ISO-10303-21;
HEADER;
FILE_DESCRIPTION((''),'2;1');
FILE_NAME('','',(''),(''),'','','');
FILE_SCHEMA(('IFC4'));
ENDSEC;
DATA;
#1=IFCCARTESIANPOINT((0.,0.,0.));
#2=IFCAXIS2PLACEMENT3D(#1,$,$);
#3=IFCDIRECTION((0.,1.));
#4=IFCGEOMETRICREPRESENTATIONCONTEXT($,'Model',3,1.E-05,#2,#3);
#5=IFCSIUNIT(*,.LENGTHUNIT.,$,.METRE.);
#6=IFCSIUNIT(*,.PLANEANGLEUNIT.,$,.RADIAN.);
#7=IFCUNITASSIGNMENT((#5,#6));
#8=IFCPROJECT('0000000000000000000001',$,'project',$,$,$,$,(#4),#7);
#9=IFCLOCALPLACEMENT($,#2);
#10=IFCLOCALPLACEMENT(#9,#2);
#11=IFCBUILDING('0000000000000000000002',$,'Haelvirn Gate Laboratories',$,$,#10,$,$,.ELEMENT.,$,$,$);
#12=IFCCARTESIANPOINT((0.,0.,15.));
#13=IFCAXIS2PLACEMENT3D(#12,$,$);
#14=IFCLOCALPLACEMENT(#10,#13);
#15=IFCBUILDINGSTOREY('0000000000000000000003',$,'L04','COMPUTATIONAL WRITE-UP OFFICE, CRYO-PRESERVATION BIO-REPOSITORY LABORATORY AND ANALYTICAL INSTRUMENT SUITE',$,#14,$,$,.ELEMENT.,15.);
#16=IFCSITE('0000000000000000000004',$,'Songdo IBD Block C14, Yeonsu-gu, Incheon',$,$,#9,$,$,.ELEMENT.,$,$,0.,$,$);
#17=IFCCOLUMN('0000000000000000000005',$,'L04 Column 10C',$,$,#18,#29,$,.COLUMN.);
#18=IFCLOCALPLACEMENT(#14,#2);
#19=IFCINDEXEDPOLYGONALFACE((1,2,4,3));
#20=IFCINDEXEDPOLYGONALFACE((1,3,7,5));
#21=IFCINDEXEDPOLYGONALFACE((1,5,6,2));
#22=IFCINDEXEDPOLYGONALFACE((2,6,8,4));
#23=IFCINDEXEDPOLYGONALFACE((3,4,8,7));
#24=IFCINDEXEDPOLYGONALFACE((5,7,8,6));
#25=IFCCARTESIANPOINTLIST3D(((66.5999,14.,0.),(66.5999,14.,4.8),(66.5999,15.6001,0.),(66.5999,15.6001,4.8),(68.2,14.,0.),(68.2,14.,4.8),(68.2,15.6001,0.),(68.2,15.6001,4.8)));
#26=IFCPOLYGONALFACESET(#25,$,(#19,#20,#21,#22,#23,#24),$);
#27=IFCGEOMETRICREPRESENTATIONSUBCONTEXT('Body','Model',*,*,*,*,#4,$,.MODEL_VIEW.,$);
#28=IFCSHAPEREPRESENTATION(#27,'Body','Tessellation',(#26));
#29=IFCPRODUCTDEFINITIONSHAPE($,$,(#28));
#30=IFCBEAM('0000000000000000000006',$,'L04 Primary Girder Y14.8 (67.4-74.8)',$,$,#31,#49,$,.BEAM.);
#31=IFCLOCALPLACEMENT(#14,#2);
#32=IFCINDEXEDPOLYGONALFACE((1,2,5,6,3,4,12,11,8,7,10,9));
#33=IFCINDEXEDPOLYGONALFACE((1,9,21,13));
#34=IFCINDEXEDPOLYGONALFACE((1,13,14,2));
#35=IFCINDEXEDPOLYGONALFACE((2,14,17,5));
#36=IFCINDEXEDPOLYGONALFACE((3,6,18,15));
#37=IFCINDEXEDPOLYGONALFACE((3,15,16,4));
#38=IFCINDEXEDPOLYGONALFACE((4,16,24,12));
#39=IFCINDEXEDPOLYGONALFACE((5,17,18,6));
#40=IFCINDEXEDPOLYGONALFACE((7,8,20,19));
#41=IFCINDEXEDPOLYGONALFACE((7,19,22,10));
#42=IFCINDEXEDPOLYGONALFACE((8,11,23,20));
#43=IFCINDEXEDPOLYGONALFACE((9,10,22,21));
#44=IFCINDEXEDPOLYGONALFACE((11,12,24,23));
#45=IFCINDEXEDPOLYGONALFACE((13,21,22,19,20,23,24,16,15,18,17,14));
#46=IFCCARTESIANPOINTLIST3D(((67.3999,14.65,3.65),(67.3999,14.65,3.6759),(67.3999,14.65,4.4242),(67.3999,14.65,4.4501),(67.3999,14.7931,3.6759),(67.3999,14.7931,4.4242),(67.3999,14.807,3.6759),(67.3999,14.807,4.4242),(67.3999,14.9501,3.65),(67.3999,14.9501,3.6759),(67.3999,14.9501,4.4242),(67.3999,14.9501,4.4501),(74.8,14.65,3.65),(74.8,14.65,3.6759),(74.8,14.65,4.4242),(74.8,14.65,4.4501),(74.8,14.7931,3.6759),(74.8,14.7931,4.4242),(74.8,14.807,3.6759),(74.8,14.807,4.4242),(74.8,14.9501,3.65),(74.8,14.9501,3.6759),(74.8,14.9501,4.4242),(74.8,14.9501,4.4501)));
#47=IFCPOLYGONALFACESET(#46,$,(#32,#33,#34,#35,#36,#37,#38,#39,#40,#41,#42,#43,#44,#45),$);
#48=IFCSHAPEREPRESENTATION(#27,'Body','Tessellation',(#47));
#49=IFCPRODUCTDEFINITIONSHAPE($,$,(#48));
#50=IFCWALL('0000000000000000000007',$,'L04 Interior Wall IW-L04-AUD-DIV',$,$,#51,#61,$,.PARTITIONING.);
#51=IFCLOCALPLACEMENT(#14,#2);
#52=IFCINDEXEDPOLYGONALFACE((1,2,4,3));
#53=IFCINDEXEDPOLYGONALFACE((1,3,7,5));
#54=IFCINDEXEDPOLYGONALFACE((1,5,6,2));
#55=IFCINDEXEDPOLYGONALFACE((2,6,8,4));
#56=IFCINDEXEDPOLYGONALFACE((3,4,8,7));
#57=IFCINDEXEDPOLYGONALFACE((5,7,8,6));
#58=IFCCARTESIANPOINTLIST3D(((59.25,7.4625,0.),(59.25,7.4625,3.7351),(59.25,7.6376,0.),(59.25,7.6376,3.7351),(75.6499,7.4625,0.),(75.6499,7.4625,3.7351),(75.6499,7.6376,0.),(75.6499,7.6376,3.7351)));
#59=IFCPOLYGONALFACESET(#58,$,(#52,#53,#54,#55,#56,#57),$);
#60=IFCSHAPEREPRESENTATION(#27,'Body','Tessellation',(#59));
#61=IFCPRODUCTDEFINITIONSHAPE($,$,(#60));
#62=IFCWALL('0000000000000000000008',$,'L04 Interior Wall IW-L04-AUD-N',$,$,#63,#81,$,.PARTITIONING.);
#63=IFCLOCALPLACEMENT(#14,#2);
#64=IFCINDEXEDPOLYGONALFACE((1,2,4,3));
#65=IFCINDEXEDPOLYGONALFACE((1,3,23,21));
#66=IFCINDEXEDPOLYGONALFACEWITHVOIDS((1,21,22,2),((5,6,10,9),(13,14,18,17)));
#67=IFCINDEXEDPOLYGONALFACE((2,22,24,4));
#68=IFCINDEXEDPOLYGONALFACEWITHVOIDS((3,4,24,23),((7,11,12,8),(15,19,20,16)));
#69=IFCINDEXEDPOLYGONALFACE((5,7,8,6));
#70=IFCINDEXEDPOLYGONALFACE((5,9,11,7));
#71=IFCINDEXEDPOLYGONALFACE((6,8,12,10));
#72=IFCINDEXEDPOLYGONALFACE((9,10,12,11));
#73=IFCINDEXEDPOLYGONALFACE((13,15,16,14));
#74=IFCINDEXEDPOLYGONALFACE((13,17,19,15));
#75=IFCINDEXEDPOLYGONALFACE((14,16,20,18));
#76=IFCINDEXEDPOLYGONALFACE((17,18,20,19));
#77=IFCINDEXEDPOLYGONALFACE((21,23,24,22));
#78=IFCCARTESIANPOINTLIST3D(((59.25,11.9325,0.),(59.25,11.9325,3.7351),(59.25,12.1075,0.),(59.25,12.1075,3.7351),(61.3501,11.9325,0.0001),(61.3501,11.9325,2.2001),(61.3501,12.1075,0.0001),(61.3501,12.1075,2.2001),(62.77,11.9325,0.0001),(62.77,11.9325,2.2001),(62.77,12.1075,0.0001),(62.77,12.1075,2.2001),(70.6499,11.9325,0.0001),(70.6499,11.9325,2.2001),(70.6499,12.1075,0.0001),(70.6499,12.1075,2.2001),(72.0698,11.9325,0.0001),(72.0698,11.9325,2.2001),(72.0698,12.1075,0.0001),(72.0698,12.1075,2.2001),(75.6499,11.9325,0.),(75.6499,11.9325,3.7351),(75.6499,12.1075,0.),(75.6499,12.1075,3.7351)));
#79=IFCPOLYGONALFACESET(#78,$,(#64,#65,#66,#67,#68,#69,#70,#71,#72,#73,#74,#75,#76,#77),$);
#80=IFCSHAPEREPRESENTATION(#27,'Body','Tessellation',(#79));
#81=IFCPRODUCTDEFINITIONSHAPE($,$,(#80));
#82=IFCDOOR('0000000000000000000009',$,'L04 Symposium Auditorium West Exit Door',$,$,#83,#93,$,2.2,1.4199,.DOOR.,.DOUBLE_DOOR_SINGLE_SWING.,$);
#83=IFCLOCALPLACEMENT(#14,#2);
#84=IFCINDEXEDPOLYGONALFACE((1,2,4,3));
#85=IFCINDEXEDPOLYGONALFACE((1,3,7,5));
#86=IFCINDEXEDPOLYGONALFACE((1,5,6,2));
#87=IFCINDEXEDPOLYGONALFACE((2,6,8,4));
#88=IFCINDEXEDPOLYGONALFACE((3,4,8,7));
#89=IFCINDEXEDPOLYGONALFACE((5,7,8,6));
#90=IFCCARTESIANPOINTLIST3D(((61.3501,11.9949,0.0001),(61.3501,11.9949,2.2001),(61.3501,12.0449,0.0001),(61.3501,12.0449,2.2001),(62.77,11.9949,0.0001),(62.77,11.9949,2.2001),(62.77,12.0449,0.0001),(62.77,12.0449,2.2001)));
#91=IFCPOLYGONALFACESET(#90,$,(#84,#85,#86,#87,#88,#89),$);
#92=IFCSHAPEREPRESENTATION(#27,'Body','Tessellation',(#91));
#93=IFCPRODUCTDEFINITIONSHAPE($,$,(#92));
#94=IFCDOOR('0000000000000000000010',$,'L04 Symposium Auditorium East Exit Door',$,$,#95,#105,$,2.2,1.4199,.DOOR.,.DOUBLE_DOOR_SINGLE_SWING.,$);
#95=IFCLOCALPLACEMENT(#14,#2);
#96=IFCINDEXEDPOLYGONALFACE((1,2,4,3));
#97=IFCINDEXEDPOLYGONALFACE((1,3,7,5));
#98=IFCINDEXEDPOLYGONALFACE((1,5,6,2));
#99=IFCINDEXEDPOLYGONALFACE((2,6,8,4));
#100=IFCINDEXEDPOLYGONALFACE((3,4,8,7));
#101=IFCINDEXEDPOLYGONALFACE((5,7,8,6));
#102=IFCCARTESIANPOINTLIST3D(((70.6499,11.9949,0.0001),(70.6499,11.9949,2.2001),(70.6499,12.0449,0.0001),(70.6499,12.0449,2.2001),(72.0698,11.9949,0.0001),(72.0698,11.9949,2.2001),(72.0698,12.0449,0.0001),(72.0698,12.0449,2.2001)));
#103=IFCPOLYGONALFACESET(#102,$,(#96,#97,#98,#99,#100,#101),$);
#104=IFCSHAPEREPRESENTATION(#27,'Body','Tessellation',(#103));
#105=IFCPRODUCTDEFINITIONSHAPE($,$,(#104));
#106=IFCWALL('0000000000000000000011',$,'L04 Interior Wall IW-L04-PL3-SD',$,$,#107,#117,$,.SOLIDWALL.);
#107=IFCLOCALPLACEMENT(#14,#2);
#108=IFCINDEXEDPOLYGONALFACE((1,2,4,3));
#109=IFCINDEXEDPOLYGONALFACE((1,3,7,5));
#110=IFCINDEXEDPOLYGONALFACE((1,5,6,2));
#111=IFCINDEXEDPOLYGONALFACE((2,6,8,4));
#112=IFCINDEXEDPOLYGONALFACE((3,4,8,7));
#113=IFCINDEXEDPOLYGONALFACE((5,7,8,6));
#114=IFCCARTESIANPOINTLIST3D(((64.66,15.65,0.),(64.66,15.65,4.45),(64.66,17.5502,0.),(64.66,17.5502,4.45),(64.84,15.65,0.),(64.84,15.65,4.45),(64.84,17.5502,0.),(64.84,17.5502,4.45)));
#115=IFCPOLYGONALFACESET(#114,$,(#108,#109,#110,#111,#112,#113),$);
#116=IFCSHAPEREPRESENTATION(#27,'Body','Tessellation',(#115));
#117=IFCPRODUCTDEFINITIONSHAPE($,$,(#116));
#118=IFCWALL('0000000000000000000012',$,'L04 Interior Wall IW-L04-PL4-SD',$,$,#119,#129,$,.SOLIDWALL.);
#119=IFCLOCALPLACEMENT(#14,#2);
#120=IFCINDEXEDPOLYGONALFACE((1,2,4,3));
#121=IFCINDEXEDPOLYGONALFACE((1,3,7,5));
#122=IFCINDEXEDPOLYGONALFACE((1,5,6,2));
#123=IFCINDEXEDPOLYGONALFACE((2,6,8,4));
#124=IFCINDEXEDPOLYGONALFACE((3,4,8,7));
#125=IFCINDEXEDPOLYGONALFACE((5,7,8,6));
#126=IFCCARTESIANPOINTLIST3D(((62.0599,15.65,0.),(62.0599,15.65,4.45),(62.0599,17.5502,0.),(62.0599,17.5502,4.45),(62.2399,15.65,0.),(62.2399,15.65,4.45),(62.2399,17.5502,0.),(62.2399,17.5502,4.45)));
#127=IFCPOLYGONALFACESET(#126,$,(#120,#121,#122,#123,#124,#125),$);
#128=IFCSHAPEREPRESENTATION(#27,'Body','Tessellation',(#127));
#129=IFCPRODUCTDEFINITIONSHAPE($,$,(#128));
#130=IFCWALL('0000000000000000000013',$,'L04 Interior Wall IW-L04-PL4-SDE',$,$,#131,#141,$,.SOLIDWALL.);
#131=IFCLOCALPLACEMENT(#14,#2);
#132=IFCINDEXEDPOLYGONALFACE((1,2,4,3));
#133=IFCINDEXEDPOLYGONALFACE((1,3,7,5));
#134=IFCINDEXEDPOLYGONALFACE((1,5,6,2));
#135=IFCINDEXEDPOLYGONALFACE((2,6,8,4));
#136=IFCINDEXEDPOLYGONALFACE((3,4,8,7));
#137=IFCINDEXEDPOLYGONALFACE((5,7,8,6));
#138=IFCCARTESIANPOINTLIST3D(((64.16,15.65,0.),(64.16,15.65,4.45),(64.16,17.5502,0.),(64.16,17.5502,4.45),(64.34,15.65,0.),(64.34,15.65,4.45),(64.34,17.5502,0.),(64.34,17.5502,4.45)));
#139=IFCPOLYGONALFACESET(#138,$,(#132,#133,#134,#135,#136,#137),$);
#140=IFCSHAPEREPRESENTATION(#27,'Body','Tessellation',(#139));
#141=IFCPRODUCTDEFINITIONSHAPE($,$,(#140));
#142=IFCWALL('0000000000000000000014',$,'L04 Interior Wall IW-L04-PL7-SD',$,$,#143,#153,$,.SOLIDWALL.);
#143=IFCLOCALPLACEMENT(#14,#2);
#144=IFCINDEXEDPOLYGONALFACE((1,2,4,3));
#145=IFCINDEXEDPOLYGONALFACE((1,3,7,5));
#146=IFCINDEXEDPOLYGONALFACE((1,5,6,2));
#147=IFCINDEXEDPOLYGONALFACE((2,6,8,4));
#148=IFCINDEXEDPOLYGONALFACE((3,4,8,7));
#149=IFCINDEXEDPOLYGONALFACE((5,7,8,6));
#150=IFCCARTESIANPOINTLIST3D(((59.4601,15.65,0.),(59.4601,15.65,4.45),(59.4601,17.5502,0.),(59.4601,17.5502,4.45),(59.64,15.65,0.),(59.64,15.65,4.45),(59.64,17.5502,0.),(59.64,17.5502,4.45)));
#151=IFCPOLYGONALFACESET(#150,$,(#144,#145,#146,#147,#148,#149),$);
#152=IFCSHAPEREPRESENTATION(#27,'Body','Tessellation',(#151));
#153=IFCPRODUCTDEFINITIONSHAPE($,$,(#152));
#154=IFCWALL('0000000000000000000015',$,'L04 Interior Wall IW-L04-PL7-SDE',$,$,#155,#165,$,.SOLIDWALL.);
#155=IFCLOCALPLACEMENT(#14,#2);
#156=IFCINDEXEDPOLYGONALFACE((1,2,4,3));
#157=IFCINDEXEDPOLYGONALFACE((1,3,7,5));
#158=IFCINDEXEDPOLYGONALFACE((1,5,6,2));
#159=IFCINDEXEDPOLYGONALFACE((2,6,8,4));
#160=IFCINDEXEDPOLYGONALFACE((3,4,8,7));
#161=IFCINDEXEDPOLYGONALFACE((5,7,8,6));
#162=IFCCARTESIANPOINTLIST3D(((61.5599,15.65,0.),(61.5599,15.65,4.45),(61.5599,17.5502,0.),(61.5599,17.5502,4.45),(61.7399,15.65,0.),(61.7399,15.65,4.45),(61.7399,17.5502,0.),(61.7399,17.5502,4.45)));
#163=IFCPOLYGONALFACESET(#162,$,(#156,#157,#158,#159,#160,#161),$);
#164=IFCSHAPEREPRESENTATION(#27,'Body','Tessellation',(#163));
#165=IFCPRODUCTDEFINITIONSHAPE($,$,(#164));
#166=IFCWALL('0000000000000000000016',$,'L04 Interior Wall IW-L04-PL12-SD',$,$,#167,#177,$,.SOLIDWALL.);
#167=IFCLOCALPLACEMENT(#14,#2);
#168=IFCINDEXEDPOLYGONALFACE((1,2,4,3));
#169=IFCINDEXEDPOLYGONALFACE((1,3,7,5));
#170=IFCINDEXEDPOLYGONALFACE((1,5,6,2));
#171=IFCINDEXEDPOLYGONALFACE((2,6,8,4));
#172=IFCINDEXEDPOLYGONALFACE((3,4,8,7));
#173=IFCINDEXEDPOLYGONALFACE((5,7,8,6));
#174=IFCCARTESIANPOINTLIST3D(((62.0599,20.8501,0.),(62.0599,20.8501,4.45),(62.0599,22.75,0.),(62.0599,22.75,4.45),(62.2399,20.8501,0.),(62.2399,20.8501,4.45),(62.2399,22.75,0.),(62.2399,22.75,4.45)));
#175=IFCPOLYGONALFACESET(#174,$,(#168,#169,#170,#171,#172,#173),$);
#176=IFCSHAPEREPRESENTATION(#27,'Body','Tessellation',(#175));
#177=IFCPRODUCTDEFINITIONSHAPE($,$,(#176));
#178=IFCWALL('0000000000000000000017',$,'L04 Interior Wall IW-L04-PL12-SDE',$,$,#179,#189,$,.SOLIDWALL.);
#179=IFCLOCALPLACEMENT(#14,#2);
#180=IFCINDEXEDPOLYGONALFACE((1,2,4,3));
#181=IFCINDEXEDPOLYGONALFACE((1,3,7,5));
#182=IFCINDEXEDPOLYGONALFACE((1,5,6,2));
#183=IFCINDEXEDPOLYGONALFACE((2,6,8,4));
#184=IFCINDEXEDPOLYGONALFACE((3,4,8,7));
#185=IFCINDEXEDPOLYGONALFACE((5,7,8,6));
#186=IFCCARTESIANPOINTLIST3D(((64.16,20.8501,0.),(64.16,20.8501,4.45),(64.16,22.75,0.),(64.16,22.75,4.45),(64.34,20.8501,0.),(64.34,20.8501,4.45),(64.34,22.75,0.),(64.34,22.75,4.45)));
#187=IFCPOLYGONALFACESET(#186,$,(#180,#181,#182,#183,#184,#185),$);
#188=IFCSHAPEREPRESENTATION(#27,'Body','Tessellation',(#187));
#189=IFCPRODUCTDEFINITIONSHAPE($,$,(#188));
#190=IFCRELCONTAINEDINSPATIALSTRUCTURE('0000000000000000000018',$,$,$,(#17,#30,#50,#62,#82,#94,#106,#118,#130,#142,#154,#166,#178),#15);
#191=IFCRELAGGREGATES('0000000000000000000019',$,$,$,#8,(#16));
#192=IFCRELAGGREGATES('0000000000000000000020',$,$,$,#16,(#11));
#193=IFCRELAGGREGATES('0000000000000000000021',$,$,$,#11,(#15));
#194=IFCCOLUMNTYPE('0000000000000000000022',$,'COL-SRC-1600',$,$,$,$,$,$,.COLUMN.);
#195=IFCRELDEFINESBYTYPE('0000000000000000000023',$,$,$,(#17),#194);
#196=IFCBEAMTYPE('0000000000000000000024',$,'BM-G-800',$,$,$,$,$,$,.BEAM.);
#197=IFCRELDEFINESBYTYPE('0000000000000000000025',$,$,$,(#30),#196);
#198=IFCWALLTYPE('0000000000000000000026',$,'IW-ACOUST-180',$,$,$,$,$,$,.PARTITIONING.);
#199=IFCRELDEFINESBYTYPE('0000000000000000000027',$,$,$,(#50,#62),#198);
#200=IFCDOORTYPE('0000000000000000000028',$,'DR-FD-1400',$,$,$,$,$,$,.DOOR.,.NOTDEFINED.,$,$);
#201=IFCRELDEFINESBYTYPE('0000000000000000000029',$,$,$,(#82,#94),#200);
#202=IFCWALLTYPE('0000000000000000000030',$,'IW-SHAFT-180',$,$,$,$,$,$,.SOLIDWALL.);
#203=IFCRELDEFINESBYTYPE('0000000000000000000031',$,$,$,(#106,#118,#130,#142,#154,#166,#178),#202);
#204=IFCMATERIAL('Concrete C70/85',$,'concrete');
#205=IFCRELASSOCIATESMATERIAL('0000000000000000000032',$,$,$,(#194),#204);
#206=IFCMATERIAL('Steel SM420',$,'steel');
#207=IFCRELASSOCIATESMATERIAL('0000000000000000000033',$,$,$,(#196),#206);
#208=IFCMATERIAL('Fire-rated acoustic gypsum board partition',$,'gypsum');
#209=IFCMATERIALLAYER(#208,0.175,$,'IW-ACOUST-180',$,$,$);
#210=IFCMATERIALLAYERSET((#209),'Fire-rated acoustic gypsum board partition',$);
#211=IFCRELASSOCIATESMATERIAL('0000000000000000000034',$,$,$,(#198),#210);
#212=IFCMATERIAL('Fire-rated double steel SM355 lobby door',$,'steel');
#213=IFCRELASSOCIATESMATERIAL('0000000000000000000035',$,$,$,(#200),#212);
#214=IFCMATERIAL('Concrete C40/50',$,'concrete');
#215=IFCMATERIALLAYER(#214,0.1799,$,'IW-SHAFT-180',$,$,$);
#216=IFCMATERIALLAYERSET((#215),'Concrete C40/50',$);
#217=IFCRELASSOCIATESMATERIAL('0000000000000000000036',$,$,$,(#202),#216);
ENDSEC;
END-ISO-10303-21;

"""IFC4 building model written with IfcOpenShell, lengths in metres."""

from ifc_helpers import new_model, si_unit, direction, frame, frame_2d, origin, origin_2d, place, context, subcontext, project, spatial, rectangle, i_section, extrude, source, transform, mapped, material, layer, layer_set, material_profile, profile_set, type_object, type_shapes, element, fill, save


model = new_model("IFC4")

# Units and contexts
model_context = context("Model", 3, precision=1e-05, world=origin(), true_north=direction((0.0, 1.0)))
body_context = subcontext(model_context, "Body", "Model", "MODEL_VIEW")
ifc_project = project(units=[si_unit("LENGTHUNIT", "METRE"), si_unit("PLANEANGLEUNIT", "RADIAN")], contexts=[model_context])

# Site, building, storey
site_placement = place(None, origin())
site = spatial("IfcSite", under=ifc_project, at=site_placement, Name="Songdo IBD Block C14, Yeonsu-gu, Incheon", CompositionType="ELEMENT", RefElevation=0.0)
building_placement = place(site_placement, origin())
building = spatial("IfcBuilding", under=site, at=building_placement, Name="Haelvirn Gate Laboratories", CompositionType="ELEMENT")
storey_placement = place(building_placement, frame((0.0, 0.0, 15.0)))
storey = spatial("IfcBuildingStorey", under=building, at=storey_placement, Name="L04", Description="COMPUTATIONAL WRITE-UP OFFICE, CRYO-PRESERVATION BIO-REPOSITORY LABORATORY AND ANALYTICAL INSTRUMENT SUITE", CompositionType="ELEMENT", Elevation=15.0)

# Column
ifc_material_1 = material(Name="Concrete C70/85", Category="concrete")
ifc_material_profile_1 = material_profile(ifc_material_1, rectangle(XDim=1.6001, YDim=1.6001, at=origin_2d()), Name="SRC-1600x1600")
ifc_profile_set_1 = profile_set([ifc_material_profile_1], Name="Concrete C70/85")
column_type = type_object("IfcColumnType", Name="COL-SRC-1600", PredefinedType="COLUMN", material=ifc_profile_set_1)
shared_shape_1 = source(origin(), body_context, "Body", "SweptSolid", [
    extrude(rectangle(XDim=1.6001, YDim=1.6001, at=origin_2d()), origin(), (0.0, 0.0, 1.0), 4.8),
])
type_shapes(column_type, [shared_shape_1])
column_placement = place(storey_placement, frame((67.3999, 14.8, 0.0), z_axis=(0.0, 0.0, 1.0), x_axis=(1.0, 0.0, 0.0)))
element("IfcColumn", 1, at=column_placement, inside=storey, type_object=column_type, Name="L04 Column 10C", PredefinedType="COLUMN", context=body_context, shape_type="MappedRepresentation", body=[
    mapped(shared_shape_1, transform((0.0, 0.0, 0.0), scale=1.0)),
])

# Beam
ifc_material_2 = material(Name="Steel SM420", Category="steel")
ifc_material_profile_2 = material_profile(ifc_material_2, i_section(OverallWidth=0.3, OverallDepth=0.8, WebThickness=0.0139, FlangeThickness=0.0259, at=origin_2d()), Name="H-800x300x14x26")
ifc_profile_set_2 = profile_set([ifc_material_profile_2], Name="Steel SM420")
beam_type = type_object("IfcBeamType", Name="BM-G-800", PredefinedType="BEAM", material=ifc_profile_set_2)
shared_shape_2 = source(origin(), body_context, "Body", "SweptSolid", [
    extrude(i_section(OverallWidth=0.3, OverallDepth=0.8, WebThickness=0.0139, FlangeThickness=0.0259, at=origin_2d()), origin(), (0.0, 0.0, 1.0), 7.4001),
])
type_shapes(beam_type, [shared_shape_2])
beam_placement = place(storey_placement, frame((67.3999, 14.8, 4.05), z_axis=(1.0, 0.0, 0.0), x_axis=(0.0, 1.0, 0.0)))
element("IfcBeam", 2, at=beam_placement, inside=storey, type_object=beam_type, Name="L04 Primary Girder Y14.8 (67.4-74.8)", PredefinedType="BEAM", context=body_context, shape_type="MappedRepresentation", body=[
    mapped(shared_shape_2, transform((0.0, 0.0, 0.0), scale=1.0)),
])

# Wall
ifc_material_3 = material(Name="Fire-rated acoustic gypsum board partition", Category="gypsum")
ifc_layer_1 = layer(ifc_material_3, 0.175, Name="IW-ACOUST-180")
ifc_layer_set_1 = layer_set([ifc_layer_1], Name="Fire-rated acoustic gypsum board partition")
wall_type_1 = type_object("IfcWallType", Name="IW-ACOUST-180", PredefinedType="PARTITIONING", material=ifc_layer_set_1)
wall_1_placement = place(storey_placement, frame((59.25, 7.55, 0.0), z_axis=(0.0, 0.0, 1.0), x_axis=(1.0, 0.0, 0.0)))
element("IfcWall", 3, at=wall_1_placement, inside=storey, type_object=wall_type_1, Name="L04 Interior Wall IW-L04-AUD-DIV", PredefinedType="PARTITIONING", context=body_context, shape_type="SweptSolid", body=[
    extrude(rectangle(XDim=16.3999, YDim=0.175, at=frame_2d((8.2, 0.0))), origin(), (0.0, 0.0, 1.0), 3.7351),
])

# Wall, openings, doors
wall_2_placement = place(storey_placement, frame((59.25, 12.02, 0.0), z_axis=(0.0, 0.0, 1.0), x_axis=(1.0, 0.0, 0.0)))
wall_2 = element("IfcWall", 4, at=wall_2_placement, inside=storey, type_object=wall_type_1, Name="L04 Interior Wall IW-L04-AUD-N", PredefinedType="PARTITIONING", context=body_context, shape_type="SweptSolid", body=[
    extrude(rectangle(XDim=16.3999, YDim=0.175, at=frame_2d((8.2, 0.0))), origin(), (0.0, 0.0, 1.0), 3.7351),
])
opening_1_placement = place(wall_2_placement, frame((2.1001, 0.0, 0.0)))
opening_1 = element("IfcOpeningElement", 5, at=opening_1_placement, cuts=wall_2, PredefinedType="OPENING", context=body_context, shape_type="SweptSolid", body=[
    extrude(rectangle(XDim=1.4199, YDim=2.2, at=frame_2d((0.71, 1.1001))), frame((0.0, 0.0977, 0.0), z_axis=(0.0, -1.0, 0.0), x_axis=(1.0, 0.0, 0.0)), (0.0, 0.0, 1.0), 0.1951),
])
opening_2_placement = place(wall_2_placement, frame((11.3999, 0.0, 0.0)))
opening_2 = element("IfcOpeningElement", 6, at=opening_2_placement, cuts=wall_2, PredefinedType="OPENING", context=body_context, shape_type="SweptSolid", body=[
    extrude(rectangle(XDim=1.4199, YDim=2.2, at=frame_2d((0.71, 1.1001))), frame((0.0, 0.0977, 0.0), z_axis=(0.0, -1.0, 0.0), x_axis=(1.0, 0.0, 0.0)), (0.0, 0.0, 1.0), 0.1951),
])
ifc_material_4 = material(Name="Fire-rated double steel SM355 lobby door", Category="steel")
door_type_1 = type_object("IfcDoorType", Name="DR-FD-1400", OperationType="NOTDEFINED", PredefinedType="DOOR", material=ifc_material_4)
shared_shape_3 = source(origin(), body_context, "Body", "SweptSolid", [
    extrude(rectangle(XDim=1.4199, YDim=2.2, at=frame_2d((0.71, 1.1001))), frame((0.0, 0.0249, 0.0), z_axis=(0.0, -1.0, 0.0), x_axis=(1.0, 0.0, 0.0)), (0.0, 0.0, 1.0), 0.05),
])
type_shapes(door_type_1, [shared_shape_3])
door_1_placement = place(opening_1_placement, origin())
door_1 = element("IfcDoor", 7, at=door_1_placement, inside=storey, type_object=door_type_1, Name="L04 Symposium Auditorium West Exit Door", OperationType="DOUBLE_DOOR_SINGLE_SWING", OverallHeight=2.2, OverallWidth=1.4199, PredefinedType="DOOR", context=body_context, shape_type="MappedRepresentation", body=[
    mapped(shared_shape_3, transform((0.0, 0.0, 0.0), scale=1.0)),
])
fill(opening_1, door_1)
door_2_placement = place(opening_2_placement, origin())
door_2 = element("IfcDoor", 8, at=door_2_placement, inside=storey, type_object=door_type_1, Name="L04 Symposium Auditorium East Exit Door", OperationType="DOUBLE_DOOR_SINGLE_SWING", OverallHeight=2.2, OverallWidth=1.4199, PredefinedType="DOOR", context=body_context, shape_type="MappedRepresentation", body=[
    mapped(shared_shape_3, transform((0.0, 0.0, 0.0), scale=1.0)),
])
fill(opening_2, door_2)

# Walls
ifc_material_5 = material(Name="Concrete C40/50", Category="concrete")
ifc_layer_2 = layer(ifc_material_5, 0.1799, Name="IW-SHAFT-180")
ifc_layer_set_2 = layer_set([ifc_layer_2], Name="Concrete C40/50")
wall_type_2 = type_object("IfcWallType", Name="IW-SHAFT-180", PredefinedType="SOLIDWALL", material=ifc_layer_set_2)
for number, where, z_axis, x_axis, name in (
    (9, (64.75, 15.6499, 0.0), (0.0, 0.0, 1.0), (0.0, 1.0, 0.0), "L04 Interior Wall IW-L04-PL3-SD"),
    (10, (62.1499, 15.6499, 0.0), (0.0, 0.0, 1.0), (0.0, 1.0, 0.0), "L04 Interior Wall IW-L04-PL4-SD"),
    (11, (64.25, 15.6499, 0.0), (0.0, 0.0, 1.0), (0.0, 1.0, 0.0), "L04 Interior Wall IW-L04-PL4-SDE"),
    (12, (59.55, 15.6499, 0.0), (0.0, 0.0, 1.0), (0.0, 1.0, 0.0), "L04 Interior Wall IW-L04-PL7-SD"),
    (13, (61.6499, 15.6499, 0.0), (0.0, 0.0, 1.0), (0.0, 1.0, 0.0), "L04 Interior Wall IW-L04-PL7-SDE"),
):
    element("IfcWall", number, at=place(storey_placement, frame(where, z_axis=z_axis, x_axis=x_axis)), inside=storey, type_object=wall_type_2, Name=name, PredefinedType="SOLIDWALL", context=body_context, shape_type="SweptSolid", body=[
        extrude(rectangle(XDim=1.9001, YDim=0.1799, at=frame_2d((0.9502, 0.0))), origin(), (0.0, 0.0, 1.0), 4.45),
    ])
for number, where, z_axis, x_axis, name in (
    (14, (62.1499, 20.8501, 0.0), (0.0, 0.0, 1.0), (0.0, 1.0, 0.0), "L04 Interior Wall IW-L04-PL12-SD"),
    (15, (64.25, 20.8501, 0.0), (0.0, 0.0, 1.0), (0.0, 1.0, 0.0), "L04 Interior Wall IW-L04-PL12-SDE"),
):
    element("IfcWall", number, at=place(storey_placement, frame(where, z_axis=z_axis, x_axis=x_axis)), inside=storey, type_object=wall_type_2, Name=name, PredefinedType="SOLIDWALL", context=body_context, shape_type="SweptSolid", body=[
        extrude(rectangle(XDim=1.8999, YDim=0.1799, at=frame_2d((0.95, 0.0))), origin(), (0.0, 0.0, 1.0), 4.45),
    ])

save(model, "model.ifc")
